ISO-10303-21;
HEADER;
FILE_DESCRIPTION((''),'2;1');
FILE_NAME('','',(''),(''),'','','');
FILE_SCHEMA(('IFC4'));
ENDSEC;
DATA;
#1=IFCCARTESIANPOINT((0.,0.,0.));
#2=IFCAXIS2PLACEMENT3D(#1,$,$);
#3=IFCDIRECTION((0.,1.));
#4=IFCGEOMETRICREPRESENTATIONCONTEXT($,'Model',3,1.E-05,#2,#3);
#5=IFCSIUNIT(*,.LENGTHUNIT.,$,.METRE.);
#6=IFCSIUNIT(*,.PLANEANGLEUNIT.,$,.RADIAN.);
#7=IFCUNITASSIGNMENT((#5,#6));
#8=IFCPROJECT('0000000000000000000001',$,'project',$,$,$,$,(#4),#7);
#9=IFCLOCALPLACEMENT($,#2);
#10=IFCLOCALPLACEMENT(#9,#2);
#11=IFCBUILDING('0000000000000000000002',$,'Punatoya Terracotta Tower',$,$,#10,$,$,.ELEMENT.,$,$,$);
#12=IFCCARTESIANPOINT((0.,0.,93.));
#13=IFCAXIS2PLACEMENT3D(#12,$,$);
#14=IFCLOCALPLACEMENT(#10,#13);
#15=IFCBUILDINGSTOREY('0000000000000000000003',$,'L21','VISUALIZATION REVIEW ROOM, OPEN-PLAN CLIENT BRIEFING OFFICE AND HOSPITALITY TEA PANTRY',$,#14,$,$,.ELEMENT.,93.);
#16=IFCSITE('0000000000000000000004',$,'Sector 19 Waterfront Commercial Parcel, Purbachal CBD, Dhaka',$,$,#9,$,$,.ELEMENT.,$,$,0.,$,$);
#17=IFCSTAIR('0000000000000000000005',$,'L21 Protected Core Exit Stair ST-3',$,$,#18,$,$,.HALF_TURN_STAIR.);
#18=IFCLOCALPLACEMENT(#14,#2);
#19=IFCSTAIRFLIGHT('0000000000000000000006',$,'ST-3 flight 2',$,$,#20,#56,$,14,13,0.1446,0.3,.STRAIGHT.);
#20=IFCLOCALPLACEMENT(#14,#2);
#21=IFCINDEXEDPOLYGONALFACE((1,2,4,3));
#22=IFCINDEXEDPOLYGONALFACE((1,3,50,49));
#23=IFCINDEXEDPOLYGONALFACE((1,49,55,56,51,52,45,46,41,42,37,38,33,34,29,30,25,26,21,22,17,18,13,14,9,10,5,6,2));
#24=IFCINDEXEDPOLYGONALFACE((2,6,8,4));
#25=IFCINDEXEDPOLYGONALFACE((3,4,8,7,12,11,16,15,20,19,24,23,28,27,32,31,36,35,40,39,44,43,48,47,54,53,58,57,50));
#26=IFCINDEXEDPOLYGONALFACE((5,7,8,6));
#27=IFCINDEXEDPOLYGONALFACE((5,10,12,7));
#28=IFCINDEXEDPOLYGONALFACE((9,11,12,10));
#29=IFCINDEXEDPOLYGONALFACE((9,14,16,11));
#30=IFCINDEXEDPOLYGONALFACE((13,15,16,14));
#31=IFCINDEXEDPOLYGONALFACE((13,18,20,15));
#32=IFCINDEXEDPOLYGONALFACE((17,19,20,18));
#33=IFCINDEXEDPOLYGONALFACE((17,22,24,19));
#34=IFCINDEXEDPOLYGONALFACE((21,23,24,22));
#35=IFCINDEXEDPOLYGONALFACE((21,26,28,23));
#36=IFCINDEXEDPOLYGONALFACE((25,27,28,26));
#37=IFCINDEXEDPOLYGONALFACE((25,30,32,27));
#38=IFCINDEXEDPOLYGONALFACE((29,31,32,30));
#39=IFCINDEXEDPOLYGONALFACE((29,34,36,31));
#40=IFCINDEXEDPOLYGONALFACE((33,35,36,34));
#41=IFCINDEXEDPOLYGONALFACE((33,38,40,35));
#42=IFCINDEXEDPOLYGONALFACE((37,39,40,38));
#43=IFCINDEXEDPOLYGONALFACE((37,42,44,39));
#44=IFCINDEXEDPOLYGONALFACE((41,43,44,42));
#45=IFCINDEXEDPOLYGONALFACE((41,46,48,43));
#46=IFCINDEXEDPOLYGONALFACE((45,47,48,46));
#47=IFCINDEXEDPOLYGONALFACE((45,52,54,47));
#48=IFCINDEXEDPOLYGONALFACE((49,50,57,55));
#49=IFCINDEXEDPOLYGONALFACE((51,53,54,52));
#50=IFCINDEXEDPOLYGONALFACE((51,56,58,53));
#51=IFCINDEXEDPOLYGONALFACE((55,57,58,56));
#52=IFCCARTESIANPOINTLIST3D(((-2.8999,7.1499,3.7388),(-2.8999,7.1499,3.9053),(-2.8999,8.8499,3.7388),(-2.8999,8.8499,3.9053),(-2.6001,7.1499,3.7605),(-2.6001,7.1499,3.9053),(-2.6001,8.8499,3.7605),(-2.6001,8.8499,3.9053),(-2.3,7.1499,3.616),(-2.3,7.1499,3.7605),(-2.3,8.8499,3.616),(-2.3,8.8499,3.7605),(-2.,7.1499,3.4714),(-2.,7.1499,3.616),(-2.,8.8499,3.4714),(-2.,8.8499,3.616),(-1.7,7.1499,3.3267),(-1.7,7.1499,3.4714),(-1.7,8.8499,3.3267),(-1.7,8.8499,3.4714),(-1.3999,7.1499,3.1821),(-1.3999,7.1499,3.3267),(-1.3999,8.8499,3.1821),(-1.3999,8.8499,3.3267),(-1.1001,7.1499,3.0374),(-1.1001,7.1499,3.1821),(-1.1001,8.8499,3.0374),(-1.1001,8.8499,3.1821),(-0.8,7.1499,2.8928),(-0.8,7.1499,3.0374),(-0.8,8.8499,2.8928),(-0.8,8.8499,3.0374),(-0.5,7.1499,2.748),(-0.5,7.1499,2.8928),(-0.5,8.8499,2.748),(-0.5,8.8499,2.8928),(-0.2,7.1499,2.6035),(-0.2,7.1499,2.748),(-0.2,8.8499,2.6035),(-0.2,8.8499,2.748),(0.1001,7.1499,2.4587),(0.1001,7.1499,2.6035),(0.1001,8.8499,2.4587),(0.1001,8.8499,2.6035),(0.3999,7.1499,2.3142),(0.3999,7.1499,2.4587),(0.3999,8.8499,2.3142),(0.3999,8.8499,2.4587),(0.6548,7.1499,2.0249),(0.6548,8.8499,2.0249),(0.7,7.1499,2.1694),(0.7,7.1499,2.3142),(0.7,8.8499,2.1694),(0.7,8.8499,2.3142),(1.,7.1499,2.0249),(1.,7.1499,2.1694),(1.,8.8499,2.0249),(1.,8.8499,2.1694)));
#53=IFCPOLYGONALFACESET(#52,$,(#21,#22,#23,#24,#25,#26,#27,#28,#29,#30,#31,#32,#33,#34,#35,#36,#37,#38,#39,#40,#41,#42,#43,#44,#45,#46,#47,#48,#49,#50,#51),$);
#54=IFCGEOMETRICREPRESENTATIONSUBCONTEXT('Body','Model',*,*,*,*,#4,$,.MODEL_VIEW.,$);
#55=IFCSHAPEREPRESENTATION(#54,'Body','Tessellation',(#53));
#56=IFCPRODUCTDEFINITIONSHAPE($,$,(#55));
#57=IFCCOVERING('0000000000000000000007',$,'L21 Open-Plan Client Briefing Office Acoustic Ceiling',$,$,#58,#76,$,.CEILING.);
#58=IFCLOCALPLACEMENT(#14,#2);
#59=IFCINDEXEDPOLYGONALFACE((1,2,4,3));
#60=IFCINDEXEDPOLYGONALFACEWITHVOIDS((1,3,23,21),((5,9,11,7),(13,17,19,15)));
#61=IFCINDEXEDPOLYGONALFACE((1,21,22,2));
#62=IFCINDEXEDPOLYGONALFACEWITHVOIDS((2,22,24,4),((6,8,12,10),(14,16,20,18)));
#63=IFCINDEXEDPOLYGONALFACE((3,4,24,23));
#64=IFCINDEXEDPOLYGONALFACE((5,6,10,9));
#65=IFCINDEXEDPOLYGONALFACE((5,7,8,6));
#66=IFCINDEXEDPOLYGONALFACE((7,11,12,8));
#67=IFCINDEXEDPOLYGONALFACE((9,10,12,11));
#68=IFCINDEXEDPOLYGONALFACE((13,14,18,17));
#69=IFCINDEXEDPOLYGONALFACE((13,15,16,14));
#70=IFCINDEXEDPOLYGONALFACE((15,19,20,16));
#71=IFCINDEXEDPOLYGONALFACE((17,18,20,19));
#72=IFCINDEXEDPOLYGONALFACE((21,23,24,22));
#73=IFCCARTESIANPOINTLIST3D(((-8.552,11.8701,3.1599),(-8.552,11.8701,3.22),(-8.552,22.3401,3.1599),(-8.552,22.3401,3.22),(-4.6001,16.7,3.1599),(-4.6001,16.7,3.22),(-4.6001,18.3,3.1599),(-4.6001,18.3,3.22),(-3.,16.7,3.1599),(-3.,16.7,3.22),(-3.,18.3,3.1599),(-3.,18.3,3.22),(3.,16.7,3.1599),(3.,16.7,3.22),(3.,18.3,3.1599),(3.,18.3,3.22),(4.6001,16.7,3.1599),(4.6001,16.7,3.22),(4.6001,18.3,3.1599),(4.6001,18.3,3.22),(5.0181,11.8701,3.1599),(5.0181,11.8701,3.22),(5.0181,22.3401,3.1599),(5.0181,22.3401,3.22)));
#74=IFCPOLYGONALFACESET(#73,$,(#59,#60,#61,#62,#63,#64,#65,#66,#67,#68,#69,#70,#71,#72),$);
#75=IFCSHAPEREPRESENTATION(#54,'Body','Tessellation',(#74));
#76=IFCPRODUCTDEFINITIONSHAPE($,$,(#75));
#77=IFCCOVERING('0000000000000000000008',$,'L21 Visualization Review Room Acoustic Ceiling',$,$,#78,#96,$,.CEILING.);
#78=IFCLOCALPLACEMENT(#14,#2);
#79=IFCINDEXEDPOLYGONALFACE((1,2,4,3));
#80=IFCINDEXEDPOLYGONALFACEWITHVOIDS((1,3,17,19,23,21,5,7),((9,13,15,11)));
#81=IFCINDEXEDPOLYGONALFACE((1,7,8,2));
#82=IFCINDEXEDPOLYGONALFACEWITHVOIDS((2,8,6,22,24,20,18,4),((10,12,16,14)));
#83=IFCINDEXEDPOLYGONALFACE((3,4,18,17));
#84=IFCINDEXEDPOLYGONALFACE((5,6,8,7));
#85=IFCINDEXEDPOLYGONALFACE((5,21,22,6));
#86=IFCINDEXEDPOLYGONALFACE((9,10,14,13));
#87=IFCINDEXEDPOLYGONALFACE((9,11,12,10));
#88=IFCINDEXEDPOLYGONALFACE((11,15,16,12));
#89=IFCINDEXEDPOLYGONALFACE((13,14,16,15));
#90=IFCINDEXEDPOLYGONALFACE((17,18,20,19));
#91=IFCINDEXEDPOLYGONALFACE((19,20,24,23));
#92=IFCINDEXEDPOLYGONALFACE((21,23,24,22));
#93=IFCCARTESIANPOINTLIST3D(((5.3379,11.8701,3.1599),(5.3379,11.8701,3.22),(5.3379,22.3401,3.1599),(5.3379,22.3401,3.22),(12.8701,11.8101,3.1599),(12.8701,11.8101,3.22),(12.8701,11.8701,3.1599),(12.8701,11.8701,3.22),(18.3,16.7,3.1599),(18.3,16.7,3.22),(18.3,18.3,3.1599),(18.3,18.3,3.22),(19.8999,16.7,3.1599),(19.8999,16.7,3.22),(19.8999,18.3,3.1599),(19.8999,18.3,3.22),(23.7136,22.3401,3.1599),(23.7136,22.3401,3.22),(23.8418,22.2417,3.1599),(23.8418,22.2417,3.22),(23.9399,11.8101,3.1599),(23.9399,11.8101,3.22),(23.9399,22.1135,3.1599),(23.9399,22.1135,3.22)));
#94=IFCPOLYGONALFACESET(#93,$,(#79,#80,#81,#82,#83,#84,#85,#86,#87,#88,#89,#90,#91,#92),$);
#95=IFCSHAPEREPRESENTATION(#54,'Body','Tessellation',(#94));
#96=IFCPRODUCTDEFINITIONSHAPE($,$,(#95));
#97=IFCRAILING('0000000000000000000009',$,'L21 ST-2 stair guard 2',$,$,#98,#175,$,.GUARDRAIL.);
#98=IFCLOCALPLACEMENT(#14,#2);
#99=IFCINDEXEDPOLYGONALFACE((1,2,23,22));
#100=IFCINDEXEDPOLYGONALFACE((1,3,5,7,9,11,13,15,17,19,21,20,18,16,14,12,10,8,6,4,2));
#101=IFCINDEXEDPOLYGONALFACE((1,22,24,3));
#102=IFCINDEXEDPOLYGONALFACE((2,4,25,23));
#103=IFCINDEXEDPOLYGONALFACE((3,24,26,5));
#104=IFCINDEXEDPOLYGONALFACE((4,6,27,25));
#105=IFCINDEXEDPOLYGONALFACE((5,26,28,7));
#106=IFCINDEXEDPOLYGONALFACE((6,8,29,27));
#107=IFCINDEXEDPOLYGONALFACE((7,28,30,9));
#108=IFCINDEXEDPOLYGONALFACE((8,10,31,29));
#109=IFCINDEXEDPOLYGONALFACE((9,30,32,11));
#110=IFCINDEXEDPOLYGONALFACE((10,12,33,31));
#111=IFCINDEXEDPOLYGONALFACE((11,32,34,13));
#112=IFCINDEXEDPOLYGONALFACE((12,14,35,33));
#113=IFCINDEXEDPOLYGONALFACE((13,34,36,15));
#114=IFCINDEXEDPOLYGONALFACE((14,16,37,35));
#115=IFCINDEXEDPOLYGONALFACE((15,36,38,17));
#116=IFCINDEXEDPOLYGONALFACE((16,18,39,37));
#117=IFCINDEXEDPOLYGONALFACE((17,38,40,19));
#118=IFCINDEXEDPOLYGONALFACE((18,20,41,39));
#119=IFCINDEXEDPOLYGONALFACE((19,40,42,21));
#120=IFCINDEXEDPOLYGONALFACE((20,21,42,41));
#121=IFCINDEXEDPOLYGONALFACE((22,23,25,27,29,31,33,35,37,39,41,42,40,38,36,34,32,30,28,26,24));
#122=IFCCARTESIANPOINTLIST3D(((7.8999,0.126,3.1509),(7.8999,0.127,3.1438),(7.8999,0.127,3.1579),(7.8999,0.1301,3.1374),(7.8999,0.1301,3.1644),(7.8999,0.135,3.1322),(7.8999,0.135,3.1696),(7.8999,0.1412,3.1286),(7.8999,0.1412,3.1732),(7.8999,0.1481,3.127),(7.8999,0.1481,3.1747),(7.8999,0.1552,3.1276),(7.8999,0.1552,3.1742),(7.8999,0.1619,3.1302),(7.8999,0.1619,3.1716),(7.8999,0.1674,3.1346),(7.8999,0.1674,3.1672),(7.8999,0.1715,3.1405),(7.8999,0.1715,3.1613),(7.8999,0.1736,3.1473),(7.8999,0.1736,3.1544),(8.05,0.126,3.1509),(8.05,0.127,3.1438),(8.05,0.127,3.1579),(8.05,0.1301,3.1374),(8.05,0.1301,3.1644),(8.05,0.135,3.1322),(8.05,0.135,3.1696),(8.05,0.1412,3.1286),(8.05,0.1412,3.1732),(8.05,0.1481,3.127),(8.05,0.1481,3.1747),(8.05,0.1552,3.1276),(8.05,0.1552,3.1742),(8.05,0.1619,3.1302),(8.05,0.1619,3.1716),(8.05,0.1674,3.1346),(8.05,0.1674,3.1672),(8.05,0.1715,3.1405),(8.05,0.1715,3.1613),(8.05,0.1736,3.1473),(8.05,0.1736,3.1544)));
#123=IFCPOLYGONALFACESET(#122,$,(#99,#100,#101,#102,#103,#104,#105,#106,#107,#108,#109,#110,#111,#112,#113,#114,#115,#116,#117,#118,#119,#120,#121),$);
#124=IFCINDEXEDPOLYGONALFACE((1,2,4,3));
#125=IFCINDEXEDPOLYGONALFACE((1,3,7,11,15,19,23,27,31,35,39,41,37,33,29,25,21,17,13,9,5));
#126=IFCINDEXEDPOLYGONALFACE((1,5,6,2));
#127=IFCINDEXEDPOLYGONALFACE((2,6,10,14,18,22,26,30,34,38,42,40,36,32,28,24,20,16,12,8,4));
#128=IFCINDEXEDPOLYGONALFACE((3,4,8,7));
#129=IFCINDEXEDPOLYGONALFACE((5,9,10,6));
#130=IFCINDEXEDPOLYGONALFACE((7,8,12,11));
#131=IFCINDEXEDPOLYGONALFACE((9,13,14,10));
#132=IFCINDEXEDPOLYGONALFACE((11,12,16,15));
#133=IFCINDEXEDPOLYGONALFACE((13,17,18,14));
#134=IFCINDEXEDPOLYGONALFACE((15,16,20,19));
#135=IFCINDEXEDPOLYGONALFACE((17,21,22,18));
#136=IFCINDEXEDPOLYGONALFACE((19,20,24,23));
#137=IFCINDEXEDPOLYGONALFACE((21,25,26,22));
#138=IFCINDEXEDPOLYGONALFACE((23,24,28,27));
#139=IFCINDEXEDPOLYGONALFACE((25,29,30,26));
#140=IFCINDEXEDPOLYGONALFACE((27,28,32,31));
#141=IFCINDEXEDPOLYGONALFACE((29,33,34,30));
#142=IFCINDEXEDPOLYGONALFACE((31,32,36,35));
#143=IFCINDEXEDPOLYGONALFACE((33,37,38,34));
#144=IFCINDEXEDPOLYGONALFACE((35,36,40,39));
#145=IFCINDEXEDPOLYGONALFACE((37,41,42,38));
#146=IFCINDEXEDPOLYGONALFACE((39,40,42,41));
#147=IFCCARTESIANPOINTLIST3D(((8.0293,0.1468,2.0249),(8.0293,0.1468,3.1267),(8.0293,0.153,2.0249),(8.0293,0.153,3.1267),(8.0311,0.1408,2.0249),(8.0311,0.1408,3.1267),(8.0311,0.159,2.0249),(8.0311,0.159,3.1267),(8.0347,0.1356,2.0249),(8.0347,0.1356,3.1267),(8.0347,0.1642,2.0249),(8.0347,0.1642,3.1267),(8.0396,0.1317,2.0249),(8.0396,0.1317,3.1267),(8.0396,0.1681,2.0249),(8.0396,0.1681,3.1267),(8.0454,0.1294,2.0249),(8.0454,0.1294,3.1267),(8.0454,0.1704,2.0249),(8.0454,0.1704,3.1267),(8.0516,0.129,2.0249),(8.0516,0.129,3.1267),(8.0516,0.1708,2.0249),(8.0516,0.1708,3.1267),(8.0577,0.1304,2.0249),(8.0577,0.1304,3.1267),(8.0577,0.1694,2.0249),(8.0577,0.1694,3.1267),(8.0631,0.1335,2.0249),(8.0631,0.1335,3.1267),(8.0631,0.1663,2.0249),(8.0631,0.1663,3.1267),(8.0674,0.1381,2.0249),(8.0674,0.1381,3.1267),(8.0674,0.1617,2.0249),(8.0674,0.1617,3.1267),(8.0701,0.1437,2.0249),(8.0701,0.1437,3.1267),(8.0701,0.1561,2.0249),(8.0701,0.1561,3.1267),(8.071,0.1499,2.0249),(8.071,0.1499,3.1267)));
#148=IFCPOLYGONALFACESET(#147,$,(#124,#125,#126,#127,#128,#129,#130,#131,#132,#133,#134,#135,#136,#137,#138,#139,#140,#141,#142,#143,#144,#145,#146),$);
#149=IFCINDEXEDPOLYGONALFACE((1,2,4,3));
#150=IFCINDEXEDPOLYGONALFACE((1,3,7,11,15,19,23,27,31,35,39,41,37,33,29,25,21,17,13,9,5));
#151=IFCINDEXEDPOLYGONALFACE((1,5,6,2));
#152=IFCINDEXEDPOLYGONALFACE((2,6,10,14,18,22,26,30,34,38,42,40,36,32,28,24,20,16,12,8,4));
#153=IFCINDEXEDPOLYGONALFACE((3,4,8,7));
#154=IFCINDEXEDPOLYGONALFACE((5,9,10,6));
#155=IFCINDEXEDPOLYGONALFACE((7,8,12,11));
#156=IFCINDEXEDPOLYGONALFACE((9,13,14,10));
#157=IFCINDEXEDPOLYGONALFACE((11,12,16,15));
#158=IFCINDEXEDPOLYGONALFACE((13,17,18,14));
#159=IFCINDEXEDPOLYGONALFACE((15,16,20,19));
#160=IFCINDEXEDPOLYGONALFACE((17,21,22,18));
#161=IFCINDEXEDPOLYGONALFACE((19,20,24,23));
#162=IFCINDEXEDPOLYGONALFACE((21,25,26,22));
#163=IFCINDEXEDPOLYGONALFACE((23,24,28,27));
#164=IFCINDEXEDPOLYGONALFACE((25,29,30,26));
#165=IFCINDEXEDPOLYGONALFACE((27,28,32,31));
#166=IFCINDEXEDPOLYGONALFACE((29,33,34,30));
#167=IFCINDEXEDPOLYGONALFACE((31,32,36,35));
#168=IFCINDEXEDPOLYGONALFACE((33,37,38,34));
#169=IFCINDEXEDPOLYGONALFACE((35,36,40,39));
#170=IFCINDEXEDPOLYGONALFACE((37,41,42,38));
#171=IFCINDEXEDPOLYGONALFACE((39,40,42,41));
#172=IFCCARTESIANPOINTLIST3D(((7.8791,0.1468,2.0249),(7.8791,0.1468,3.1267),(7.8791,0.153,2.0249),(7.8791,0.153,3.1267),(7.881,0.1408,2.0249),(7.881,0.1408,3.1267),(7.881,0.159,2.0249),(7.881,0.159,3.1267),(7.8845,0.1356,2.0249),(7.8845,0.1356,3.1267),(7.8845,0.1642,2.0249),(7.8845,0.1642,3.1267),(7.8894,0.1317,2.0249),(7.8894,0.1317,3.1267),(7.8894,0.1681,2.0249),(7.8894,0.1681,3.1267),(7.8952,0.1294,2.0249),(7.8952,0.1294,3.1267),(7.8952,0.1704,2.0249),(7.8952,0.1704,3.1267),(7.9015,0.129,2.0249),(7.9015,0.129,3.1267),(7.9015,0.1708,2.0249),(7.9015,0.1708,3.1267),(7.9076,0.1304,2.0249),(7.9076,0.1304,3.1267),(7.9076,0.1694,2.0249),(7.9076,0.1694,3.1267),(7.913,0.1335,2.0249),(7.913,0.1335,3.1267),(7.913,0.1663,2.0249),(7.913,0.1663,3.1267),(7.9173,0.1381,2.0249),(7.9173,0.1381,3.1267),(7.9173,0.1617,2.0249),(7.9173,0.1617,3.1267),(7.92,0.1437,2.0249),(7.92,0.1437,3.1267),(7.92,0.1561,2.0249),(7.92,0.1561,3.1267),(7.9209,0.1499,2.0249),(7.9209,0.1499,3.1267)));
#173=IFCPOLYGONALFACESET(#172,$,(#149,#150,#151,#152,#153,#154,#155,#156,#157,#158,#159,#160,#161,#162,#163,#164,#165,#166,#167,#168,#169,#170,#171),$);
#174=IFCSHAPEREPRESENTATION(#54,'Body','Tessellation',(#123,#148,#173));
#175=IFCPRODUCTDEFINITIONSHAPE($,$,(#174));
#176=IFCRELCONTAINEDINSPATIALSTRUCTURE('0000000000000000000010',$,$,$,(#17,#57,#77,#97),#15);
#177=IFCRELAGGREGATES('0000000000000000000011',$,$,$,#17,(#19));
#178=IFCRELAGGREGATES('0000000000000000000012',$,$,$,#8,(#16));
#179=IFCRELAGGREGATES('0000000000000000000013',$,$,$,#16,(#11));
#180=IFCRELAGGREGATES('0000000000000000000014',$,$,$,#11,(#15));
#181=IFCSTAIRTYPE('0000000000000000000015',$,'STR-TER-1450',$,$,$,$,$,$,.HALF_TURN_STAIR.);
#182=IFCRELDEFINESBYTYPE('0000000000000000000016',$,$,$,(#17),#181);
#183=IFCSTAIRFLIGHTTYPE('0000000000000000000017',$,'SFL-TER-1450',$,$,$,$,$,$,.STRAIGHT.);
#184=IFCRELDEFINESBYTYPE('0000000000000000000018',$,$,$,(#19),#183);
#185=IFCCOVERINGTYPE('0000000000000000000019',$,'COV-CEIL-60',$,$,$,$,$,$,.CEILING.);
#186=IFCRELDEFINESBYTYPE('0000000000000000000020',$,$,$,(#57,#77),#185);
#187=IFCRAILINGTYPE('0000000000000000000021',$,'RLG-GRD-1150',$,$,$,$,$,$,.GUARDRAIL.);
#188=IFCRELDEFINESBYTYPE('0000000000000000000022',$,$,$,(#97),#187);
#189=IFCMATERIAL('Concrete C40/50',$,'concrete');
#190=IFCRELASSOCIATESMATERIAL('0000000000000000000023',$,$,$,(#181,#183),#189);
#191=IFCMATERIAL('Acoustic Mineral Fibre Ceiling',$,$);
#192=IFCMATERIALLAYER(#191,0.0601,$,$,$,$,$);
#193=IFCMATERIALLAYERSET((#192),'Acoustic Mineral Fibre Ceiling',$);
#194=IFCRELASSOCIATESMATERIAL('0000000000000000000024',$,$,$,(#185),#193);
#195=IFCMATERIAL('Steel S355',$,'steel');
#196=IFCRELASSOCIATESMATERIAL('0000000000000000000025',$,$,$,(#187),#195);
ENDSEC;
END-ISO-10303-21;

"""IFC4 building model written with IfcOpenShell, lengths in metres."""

from ifc_helpers import new_model, si_unit, direction, frame, origin, origin_2d, place, context, subcontext, project, spatial, polyline, circle, outline, extrude, material, layer, layer_set, type_object, element, aggregate, save


model = new_model("IFC4")

# Units and contexts
model_context = context("Model", 3, precision=1e-05, world=origin(), true_north=direction((0.0, 1.0)))
body_context = subcontext(model_context, "Body", "Model", "MODEL_VIEW")
ifc_project = project(units=[si_unit("LENGTHUNIT", "METRE"), si_unit("PLANEANGLEUNIT", "RADIAN")], contexts=[model_context])

# Site, building, storey
site_placement = place(None, origin())
site = spatial("IfcSite", under=ifc_project, at=site_placement, Name="Sector 19 Waterfront Commercial Parcel, Purbachal CBD, Dhaka", CompositionType="ELEMENT", RefElevation=0.0)
building_placement = place(site_placement, origin())
building = spatial("IfcBuilding", under=site, at=building_placement, Name="Punatoya Terracotta Tower", CompositionType="ELEMENT")
storey_placement = place(building_placement, frame((0.0, 0.0, 93.0)))
storey = spatial("IfcBuildingStorey", under=building, at=storey_placement, Name="L21", Description="VISUALIZATION REVIEW ROOM, OPEN-PLAN CLIENT BRIEFING OFFICE AND HOSPITALITY TEA PANTRY", CompositionType="ELEMENT", Elevation=93.0)

# Shared definitions
ifc_material_1 = material(Name="Steel S355", Category="steel")

# Shared definitions
ifc_material_2 = material(Name="Concrete C40/50", Category="concrete")

# Stair, stair flight
stair_type_1 = type_object("IfcStairType", Name="STR-TER-1450", PredefinedType="HALF_TURN_STAIR", material=ifc_material_2)
stair_1_placement = place(storey_placement, origin())
stair_1 = element("IfcStair", 1, at=stair_1_placement, inside=storey, type_object=stair_type_1, Name="L21 Protected Core Exit Stair ST-3", PredefinedType="HALF_TURN_STAIR")
stair_flight_type_1 = type_object("IfcStairFlightType", Name="SFL-TER-1450", PredefinedType="STRAIGHT", material=ifc_material_2)
stair_flight_1_placement = place(storey_placement, frame((1.0, 8.0, 2.0249), z_axis=(0.0, 0.0, 1.0), x_axis=(-1.0, 0.0, 0.0)))
stair_flight_1 = element("IfcStairFlight", 2, at=stair_flight_1_placement, type_object=stair_flight_type_1, Name="ST-3 flight 2", NumberOfRisers=14, NumberOfTreads=13, PredefinedType="STRAIGHT", RiserHeight=0.1446, TreadLength=0.3, context=body_context, shape_type="SweptSolid", body=[
    extrude(outline(polyline([(0.0, 0.0), (0.0, 0.1445), (0.3, 0.1445), (0.3, 0.2893), (0.6001, 0.2893), (0.6001, 0.4338), (0.8999, 0.4338), (0.8999, 0.5786), (1.2, 0.5786), (1.2, 0.7231), (1.5, 0.7231), (1.5, 0.8679), (1.8, 0.8679), (1.8, 1.0125), (2.1001, 1.0125), (2.1001, 1.1572), (2.3999, 1.1572), (2.3999, 1.3018), (2.7, 1.3018), (2.7, 1.4465), (3.0, 1.4465), (3.0, 1.5911), (3.3, 1.5911), (3.3, 1.7356), (3.6001, 1.7356), (3.6001, 1.8804), (3.8999, 1.8804), (3.8999, 2.0249), (3.8999, 1.7139), (0.3452, 0.0), (0.0, 0.0)])), frame((0.0, 0.8501, 0.0), z_axis=(0.0, -1.0, 0.0), x_axis=(1.0, 0.0, 0.0)), (0.0, 0.0, 1.0), 1.7),
])
aggregate(stair_1, [stair_flight_1])

# Coverings
ifc_material_3 = material(Name="Acoustic Mineral Fibre Ceiling")
ifc_layer_1 = layer(ifc_material_3, 0.0601)
ifc_layer_set_1 = layer_set([ifc_layer_1], Name="Acoustic Mineral Fibre Ceiling")
covering_type = type_object("IfcCoveringType", Name="COV-CEIL-60", PredefinedType="CEILING", material=ifc_layer_set_1)
covering_1_placement = place(storey_placement, frame((0.0, 0.0, 3.1599)))
element("IfcCovering", 3, at=covering_1_placement, inside=storey, type_object=covering_type, Name="L21 Open-Plan Client Briefing Office Acoustic Ceiling", PredefinedType="CEILING", context=body_context, shape_type="SweptSolid", body=[
    extrude(outline(polyline([(-8.552, 11.8701), (5.0181, 11.8701), (5.0181, 22.3401), (-8.552, 22.3401), (-8.552, 11.8701)]), holes=[polyline([(4.6001, 16.7), (3.0, 16.7), (3.0, 18.3), (4.6001, 18.3), (4.6001, 16.7)]), polyline([(-4.6001, 16.7), (-4.6001, 18.3), (-3.0, 18.3), (-3.0, 16.7), (-4.6001, 16.7)])]), origin(), (0.0, 0.0, 1.0), 0.0601),
])
covering_2_placement = place(storey_placement, frame((0.0, 0.0, 3.1599)))
element("IfcCovering", 4, at=covering_2_placement, inside=storey, type_object=covering_type, Name="L21 Visualization Review Room Acoustic Ceiling", PredefinedType="CEILING", context=body_context, shape_type="SweptSolid", body=[
    extrude(outline(polyline([(12.8701, 11.8101), (23.9399, 11.8101), (23.9399, 22.1135), (23.8418, 22.2417), (23.7136, 22.3401), (5.3379, 22.3401), (5.3379, 11.8701), (12.8701, 11.8701), (12.8701, 11.8101)]), holes=[polyline([(19.8999, 18.3), (19.8999, 16.7), (18.3, 16.7), (18.3, 18.3), (19.8999, 18.3)])]), origin(), (0.0, 0.0, 1.0), 0.0601),
])

# Railing
railing_type_1 = type_object("IfcRailingType", Name="RLG-GRD-1150", PredefinedType="GUARDRAIL", material=ifc_material_1)
railing_1_placement = place(storey_placement, frame((8.05, 0.1499, 2.0249)))
element("IfcRailing", 5, at=railing_1_placement, inside=storey, type_object=railing_type_1, Name="L21 ST-2 stair guard 2", PredefinedType="GUARDRAIL", context=body_context, shape_type="SweptSolid", body=[
    extrude(circle(Radius=0.0239, at=origin_2d()), frame((0.0, 0.0, 1.126), z_axis=(-1.0, 0.0, 0.0), x_axis=(0.0, -1.0, 0.0)), (0.0, 0.0, 1.0), 0.1501),
    extrude(circle(Radius=0.021, at=origin_2d()), origin(), (0.0, 0.0, 1.0), 1.1018),
    extrude(circle(Radius=0.021, at=origin_2d()), frame((-0.1501, 0.0, 0.0)), (0.0, 0.0, 1.0), 1.1018),
])

save(model, "model.ifc")
